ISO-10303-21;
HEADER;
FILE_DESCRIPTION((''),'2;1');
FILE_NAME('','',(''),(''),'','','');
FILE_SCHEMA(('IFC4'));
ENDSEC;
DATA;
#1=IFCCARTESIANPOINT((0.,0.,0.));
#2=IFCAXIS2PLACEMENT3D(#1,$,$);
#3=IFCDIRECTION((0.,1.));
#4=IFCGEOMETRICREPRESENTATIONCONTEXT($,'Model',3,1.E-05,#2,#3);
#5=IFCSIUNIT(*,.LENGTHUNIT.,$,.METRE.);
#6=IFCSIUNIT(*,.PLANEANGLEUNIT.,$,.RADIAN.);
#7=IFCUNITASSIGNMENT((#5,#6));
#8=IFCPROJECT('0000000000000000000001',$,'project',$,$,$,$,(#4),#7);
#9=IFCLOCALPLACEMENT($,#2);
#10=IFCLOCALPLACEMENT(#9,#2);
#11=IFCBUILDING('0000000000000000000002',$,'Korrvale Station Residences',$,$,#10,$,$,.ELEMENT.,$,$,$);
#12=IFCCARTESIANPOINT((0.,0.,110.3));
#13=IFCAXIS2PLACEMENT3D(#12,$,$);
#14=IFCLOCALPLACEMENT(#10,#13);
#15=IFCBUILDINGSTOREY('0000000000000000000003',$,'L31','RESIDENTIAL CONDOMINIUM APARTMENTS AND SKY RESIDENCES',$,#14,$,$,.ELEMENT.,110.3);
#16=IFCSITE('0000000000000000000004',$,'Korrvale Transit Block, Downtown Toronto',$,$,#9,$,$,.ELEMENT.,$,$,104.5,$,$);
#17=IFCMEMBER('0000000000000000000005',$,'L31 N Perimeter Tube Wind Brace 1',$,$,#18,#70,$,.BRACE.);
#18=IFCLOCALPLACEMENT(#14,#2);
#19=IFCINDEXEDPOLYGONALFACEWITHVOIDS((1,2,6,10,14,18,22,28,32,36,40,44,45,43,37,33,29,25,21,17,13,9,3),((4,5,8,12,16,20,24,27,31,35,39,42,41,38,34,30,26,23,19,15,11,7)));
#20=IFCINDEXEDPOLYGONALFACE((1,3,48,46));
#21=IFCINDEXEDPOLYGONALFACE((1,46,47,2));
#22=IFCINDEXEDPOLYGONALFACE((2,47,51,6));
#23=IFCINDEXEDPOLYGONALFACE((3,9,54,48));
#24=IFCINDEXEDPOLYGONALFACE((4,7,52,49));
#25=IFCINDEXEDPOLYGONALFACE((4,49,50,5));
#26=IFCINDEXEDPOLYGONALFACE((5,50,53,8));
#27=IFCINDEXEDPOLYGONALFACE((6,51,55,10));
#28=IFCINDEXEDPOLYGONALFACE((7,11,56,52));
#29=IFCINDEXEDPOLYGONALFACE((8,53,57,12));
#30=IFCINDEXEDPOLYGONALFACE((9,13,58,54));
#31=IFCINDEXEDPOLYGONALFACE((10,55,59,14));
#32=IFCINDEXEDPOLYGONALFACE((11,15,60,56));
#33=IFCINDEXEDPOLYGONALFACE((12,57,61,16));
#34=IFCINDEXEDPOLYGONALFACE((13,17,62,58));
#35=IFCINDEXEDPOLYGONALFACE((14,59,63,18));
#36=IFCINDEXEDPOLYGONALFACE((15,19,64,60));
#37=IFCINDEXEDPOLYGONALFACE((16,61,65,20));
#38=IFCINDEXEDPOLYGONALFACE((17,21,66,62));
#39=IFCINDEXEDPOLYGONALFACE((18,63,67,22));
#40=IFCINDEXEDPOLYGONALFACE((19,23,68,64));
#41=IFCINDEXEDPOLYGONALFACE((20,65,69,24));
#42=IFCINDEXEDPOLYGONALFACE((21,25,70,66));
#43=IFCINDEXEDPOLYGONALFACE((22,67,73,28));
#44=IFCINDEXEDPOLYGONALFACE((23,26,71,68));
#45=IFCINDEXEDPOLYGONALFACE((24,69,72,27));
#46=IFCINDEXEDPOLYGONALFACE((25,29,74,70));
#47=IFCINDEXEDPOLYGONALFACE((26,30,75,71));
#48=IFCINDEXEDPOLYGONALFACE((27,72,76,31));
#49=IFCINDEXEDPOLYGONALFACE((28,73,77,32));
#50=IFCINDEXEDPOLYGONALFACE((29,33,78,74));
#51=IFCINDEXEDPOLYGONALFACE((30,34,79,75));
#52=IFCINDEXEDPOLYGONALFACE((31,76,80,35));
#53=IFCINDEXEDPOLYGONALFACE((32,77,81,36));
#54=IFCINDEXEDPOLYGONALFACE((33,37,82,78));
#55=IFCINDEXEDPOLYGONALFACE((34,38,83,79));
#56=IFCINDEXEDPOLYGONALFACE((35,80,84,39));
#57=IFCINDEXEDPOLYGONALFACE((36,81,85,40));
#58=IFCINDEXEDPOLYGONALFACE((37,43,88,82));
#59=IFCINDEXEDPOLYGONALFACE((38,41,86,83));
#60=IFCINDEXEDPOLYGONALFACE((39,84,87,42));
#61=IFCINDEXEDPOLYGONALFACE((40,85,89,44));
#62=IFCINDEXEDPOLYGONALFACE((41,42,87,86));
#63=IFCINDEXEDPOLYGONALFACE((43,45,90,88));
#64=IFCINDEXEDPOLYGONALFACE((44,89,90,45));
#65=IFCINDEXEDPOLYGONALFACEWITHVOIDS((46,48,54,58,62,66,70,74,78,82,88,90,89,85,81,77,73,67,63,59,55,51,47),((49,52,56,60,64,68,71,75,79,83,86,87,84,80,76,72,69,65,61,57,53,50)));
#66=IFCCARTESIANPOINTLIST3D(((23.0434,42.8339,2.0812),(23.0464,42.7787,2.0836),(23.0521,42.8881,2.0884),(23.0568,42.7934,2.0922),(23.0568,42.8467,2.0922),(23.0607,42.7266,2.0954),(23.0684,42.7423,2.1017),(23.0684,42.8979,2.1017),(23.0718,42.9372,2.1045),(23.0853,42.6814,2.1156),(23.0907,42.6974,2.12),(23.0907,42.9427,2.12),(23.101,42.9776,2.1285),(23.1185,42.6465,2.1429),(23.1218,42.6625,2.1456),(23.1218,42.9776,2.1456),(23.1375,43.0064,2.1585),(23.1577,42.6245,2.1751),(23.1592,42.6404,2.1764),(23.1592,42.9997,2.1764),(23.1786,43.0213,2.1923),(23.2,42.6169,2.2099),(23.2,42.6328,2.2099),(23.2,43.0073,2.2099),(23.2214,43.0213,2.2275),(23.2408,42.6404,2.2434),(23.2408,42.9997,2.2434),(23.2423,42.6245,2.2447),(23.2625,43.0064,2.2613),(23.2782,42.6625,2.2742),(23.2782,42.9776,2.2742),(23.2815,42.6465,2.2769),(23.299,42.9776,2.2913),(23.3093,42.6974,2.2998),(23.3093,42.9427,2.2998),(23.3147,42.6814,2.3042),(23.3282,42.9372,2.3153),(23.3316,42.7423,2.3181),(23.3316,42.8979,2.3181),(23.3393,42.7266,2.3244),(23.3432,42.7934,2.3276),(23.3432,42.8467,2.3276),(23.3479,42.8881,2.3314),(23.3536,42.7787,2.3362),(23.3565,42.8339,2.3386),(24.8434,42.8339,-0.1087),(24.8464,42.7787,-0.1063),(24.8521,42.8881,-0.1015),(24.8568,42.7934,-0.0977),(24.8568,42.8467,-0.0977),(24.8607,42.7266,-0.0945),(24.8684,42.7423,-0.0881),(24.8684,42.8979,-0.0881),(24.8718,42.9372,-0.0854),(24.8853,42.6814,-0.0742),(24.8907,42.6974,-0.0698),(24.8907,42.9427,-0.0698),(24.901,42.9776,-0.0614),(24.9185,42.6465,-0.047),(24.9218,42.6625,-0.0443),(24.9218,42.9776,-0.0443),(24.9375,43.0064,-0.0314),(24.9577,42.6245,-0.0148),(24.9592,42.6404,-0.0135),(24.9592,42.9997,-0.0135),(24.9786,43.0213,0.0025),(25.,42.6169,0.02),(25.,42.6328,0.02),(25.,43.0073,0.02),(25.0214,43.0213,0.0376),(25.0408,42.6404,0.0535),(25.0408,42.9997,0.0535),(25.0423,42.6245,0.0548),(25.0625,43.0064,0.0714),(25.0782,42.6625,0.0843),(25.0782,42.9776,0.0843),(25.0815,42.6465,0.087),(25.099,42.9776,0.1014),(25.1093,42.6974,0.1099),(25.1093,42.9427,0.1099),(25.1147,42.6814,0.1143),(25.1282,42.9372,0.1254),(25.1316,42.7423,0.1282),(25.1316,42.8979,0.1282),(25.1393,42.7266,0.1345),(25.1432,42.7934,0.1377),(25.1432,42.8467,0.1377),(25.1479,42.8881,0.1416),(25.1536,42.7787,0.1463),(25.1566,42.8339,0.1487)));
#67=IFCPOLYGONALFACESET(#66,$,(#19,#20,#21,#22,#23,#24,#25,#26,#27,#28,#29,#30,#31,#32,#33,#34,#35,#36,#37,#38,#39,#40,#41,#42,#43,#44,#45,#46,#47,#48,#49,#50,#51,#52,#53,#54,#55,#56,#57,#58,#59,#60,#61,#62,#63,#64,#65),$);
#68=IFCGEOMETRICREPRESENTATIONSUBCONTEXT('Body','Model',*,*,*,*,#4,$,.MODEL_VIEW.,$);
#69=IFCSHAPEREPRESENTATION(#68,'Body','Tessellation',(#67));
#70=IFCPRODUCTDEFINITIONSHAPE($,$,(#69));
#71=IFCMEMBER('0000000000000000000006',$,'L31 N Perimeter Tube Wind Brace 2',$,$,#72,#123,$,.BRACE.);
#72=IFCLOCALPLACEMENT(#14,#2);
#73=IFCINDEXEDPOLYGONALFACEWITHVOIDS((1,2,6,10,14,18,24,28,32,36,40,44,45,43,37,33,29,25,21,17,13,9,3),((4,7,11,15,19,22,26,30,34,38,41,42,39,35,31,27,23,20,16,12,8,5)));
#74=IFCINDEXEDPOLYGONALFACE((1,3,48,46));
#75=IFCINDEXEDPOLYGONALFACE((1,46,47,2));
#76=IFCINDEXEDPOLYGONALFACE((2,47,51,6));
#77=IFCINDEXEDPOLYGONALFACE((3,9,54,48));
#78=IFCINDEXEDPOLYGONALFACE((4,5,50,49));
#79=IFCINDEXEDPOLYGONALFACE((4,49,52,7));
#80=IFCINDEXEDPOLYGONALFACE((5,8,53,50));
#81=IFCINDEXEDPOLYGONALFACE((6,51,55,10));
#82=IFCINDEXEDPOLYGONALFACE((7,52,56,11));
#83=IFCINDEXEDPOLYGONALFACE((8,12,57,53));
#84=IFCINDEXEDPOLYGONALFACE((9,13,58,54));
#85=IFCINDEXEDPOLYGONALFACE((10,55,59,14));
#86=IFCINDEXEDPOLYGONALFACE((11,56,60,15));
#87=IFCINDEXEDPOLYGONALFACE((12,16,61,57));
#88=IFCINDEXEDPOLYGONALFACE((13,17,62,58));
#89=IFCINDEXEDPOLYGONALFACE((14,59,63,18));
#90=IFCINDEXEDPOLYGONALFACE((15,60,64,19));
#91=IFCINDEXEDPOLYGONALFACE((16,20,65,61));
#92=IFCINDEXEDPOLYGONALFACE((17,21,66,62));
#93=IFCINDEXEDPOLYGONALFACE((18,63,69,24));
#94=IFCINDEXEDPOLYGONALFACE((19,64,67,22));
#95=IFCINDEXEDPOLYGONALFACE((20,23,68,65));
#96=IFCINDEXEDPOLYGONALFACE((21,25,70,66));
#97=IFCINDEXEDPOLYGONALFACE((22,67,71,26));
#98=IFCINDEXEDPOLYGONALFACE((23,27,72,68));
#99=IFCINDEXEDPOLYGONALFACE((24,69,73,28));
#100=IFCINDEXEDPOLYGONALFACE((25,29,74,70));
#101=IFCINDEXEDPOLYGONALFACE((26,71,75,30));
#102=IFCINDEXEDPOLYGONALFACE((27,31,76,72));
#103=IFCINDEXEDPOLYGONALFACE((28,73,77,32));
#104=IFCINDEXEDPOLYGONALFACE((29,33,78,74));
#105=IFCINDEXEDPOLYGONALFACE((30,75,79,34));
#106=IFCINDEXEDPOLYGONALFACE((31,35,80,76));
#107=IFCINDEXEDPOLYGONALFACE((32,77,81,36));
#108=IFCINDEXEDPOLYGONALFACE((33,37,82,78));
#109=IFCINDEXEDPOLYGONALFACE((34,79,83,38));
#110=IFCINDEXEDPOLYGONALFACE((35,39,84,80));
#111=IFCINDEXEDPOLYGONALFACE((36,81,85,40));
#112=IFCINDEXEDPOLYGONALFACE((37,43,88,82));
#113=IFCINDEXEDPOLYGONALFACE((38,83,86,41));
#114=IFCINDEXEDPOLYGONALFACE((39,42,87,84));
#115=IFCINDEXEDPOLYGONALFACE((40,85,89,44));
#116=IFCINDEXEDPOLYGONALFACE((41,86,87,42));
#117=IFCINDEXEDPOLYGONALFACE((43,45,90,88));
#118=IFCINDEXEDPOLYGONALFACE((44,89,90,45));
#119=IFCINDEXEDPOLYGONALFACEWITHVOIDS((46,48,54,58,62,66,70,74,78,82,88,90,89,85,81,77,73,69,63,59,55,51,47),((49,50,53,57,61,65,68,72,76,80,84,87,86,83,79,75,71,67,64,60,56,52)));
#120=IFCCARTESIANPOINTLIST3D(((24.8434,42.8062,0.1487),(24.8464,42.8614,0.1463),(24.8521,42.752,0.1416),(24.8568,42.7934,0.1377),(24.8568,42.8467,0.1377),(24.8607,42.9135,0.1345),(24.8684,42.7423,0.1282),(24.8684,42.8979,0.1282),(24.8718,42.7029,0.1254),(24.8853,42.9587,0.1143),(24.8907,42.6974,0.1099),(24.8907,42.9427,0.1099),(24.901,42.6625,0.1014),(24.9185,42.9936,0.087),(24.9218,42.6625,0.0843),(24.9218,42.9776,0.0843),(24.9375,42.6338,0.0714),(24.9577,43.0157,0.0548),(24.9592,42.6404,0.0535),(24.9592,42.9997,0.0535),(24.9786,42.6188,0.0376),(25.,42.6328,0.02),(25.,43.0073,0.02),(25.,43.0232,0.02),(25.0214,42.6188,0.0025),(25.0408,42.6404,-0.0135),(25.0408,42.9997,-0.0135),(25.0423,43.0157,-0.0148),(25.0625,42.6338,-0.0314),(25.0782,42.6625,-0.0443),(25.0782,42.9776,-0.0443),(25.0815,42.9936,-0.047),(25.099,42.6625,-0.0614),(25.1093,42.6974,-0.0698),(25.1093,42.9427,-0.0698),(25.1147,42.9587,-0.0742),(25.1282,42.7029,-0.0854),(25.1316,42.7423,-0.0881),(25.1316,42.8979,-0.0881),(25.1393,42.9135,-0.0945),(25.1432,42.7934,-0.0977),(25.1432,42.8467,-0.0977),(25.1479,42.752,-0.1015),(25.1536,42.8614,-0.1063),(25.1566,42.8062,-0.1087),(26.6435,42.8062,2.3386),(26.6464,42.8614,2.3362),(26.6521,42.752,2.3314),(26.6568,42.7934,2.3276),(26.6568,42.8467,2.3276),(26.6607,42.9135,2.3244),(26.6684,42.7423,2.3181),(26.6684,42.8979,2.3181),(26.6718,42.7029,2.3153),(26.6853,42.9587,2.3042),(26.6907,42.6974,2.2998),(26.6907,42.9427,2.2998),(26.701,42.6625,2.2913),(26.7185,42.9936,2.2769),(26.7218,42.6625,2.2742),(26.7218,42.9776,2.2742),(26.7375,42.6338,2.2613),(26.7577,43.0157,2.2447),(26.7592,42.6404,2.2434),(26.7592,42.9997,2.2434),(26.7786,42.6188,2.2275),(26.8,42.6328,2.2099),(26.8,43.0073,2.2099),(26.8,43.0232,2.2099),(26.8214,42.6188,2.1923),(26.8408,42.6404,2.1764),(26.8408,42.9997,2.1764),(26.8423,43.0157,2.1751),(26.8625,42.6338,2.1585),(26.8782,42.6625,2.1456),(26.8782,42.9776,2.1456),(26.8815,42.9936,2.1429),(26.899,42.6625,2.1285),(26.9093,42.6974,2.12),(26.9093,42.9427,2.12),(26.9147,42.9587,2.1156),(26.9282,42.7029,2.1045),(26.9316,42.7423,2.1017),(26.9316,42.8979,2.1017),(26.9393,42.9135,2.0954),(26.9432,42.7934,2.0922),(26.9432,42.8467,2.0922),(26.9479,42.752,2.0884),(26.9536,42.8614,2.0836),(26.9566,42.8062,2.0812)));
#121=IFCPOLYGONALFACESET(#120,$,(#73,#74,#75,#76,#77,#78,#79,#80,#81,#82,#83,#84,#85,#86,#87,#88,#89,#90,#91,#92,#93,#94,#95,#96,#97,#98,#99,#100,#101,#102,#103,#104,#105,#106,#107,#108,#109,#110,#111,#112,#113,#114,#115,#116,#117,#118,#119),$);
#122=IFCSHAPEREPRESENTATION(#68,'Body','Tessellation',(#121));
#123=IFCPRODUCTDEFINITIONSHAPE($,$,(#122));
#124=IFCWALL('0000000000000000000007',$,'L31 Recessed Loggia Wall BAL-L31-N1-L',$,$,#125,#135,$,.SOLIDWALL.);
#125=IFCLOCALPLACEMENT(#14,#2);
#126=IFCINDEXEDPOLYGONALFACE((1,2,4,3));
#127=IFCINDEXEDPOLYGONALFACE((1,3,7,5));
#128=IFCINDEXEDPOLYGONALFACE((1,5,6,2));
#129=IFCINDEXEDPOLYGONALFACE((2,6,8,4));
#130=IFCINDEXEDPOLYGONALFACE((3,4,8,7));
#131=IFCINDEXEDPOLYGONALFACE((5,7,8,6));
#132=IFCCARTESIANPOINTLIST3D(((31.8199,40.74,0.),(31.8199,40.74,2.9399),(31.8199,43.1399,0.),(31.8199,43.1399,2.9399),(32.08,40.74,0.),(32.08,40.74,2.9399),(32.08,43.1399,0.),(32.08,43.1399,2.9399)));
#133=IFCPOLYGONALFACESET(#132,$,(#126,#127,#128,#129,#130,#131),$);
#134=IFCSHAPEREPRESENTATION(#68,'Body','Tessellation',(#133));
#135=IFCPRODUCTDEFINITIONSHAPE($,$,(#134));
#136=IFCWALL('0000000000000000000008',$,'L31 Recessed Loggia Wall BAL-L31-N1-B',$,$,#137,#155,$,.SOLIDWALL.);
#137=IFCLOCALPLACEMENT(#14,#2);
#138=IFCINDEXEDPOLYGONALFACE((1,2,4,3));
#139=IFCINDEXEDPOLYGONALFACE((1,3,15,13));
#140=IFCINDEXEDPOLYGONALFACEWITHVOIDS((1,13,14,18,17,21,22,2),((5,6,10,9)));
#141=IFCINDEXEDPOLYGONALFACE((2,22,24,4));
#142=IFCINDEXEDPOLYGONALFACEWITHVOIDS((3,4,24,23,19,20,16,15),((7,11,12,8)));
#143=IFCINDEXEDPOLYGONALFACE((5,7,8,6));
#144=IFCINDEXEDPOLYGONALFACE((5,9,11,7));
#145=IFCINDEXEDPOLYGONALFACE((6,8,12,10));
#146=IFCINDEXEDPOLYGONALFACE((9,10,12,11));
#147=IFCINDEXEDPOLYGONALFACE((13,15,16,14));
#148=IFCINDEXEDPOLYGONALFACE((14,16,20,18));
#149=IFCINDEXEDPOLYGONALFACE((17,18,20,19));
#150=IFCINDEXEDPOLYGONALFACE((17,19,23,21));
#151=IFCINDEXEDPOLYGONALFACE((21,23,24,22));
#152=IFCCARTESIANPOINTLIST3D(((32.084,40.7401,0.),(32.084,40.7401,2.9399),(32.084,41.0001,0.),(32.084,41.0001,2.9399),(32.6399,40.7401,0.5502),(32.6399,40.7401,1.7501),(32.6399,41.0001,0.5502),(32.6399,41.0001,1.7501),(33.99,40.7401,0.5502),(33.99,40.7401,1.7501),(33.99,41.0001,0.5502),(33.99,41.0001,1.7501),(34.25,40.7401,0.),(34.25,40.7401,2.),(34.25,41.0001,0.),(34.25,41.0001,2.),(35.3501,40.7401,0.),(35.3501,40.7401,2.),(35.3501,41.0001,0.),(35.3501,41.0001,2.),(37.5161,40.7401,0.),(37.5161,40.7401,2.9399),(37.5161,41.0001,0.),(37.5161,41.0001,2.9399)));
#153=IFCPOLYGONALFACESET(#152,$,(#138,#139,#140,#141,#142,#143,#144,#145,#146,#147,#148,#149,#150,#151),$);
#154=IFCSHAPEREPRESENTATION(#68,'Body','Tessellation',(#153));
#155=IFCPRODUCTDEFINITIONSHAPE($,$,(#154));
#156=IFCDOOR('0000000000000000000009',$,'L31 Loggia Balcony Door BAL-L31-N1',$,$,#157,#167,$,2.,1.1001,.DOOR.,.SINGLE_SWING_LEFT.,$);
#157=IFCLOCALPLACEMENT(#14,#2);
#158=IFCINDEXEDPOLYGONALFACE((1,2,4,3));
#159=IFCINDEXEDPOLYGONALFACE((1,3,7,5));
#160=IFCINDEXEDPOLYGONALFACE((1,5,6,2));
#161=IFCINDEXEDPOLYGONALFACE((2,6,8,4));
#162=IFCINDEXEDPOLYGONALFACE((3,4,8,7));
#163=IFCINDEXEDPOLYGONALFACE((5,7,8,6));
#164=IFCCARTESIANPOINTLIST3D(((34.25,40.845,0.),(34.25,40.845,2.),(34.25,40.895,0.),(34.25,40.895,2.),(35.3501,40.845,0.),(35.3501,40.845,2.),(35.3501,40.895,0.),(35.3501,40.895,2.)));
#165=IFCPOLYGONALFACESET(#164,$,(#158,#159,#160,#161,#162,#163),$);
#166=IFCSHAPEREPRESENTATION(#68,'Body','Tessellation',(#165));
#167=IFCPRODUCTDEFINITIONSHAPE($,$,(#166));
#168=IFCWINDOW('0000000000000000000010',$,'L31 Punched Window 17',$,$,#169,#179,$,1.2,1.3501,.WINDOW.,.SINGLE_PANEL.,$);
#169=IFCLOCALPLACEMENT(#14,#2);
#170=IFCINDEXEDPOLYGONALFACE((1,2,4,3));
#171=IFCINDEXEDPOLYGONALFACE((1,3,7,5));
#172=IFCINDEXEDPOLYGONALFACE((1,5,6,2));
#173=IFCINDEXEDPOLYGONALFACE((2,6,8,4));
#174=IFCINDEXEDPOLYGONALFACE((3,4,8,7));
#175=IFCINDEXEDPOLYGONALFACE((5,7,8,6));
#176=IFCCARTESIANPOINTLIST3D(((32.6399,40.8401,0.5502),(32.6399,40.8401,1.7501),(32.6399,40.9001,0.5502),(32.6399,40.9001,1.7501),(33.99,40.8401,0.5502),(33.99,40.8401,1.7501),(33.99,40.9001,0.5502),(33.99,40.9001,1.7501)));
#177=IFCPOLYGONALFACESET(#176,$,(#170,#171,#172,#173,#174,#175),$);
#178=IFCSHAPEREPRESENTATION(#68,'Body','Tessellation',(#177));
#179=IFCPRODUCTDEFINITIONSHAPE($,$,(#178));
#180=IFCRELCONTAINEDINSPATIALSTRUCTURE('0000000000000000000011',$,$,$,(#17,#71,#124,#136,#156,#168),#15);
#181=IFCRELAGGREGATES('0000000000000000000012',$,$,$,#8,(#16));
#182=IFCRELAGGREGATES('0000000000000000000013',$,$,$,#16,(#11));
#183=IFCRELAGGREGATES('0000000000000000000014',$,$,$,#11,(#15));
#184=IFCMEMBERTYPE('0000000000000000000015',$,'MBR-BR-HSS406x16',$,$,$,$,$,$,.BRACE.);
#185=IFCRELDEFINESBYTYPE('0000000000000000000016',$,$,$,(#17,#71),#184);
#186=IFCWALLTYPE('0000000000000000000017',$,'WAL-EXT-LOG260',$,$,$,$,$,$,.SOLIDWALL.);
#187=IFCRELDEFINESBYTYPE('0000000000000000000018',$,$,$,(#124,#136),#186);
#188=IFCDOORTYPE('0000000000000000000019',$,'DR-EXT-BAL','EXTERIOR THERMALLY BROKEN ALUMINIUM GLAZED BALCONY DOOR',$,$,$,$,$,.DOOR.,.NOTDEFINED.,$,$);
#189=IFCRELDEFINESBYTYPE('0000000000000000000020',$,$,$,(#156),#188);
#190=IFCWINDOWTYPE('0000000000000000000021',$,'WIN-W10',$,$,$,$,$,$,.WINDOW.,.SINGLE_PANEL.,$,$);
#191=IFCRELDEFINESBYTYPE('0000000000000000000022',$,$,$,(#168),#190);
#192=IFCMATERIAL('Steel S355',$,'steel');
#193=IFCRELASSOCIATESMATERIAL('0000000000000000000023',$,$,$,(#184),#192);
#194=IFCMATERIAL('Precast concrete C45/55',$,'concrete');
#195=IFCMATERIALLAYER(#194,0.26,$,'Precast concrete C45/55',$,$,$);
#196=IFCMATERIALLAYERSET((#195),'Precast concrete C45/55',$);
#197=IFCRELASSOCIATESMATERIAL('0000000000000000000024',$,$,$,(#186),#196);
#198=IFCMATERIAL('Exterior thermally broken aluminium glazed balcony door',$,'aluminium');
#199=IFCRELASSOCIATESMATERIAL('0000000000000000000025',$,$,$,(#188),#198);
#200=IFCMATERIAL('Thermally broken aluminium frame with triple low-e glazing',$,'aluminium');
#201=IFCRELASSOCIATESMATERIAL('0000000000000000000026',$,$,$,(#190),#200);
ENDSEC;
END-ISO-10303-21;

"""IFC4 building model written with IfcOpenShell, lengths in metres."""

from ifc_helpers import new_model, si_unit, direction, frame, frame_2d, origin, origin_2d, place, context, subcontext, project, spatial, rectangle, hollow_circle, extrude, material, layer, layer_set, material_profile, profile_set, type_object, element, fill, save


model = new_model("IFC4")

# Units and contexts
model_context = context("Model", 3, precision=1e-05, world=origin(), true_north=direction((0.0, 1.0)))
body_context = subcontext(model_context, "Body", "Model", "MODEL_VIEW")
ifc_project = project(units=[si_unit("LENGTHUNIT", "METRE"), si_unit("PLANEANGLEUNIT", "RADIAN")], contexts=[model_context])

# Site, building, storey
site_placement = place(None, origin())
site = spatial("IfcSite", under=ifc_project, at=site_placement, Name="Korrvale Transit Block, Downtown Toronto", CompositionType="ELEMENT", RefElevation=104.5)
building_placement = place(site_placement, origin())
building = spatial("IfcBuilding", under=site, at=building_placement, Name="Korrvale Station Residences", CompositionType="ELEMENT")
storey_placement = place(building_placement, frame((0.0, 0.0, 110.3)))
storey = spatial("IfcBuildingStorey", under=building, at=storey_placement, Name="L31", Description="RESIDENTIAL CONDOMINIUM APARTMENTS AND SKY RESIDENCES", CompositionType="ELEMENT", Elevation=110.3)

# Shared definitions
ifc_material_1 = material(Name="Steel S355", Category="steel")

# Members
ifc_material_profile_1 = material_profile(ifc_material_1, hollow_circle(Radius=0.2031, WallThickness=0.0159, at=origin_2d()), Name="HSS406x16")
ifc_profile_set_1 = profile_set([ifc_material_profile_1], Name="Steel S355")
member_type = type_object("IfcMemberType", Name="MBR-BR-HSS406x16", PredefinedType="BRACE", material=ifc_profile_set_1)
for number, where, z_axis, x_axis, name in (
    (1, (25.0, 42.8201, 0.02), (-0.634985, 0.0, 0.772524), (0.0, -1.0, 0.0), "L31 N Perimeter Tube Wind Brace 1"),
    (2, (25.0, 42.8201, 0.02), (0.634985, 0.0, 0.772524), (0.0, 1.0, 0.0), "L31 N Perimeter Tube Wind Brace 2"),
):
    element("IfcMember", number, at=place(storey_placement, frame(where, z_axis=z_axis, x_axis=x_axis)), inside=storey, type_object=member_type, Name=name, PredefinedType="BRACE", context=body_context, shape_type="SweptSolid", body=[
        extrude(hollow_circle(Radius=0.2031, WallThickness=0.0159, at=origin_2d()), origin(), (0.0, 0.0, 1.0), 2.8347),
    ])

# Wall
ifc_material_2 = material(Name="Precast concrete C45/55", Category="concrete")
ifc_layer_1 = layer(ifc_material_2, 0.26, Name="Precast concrete C45/55")
ifc_layer_set_1 = layer_set([ifc_layer_1], Name="Precast concrete C45/55")
wall_type_1 = type_object("IfcWallType", Name="WAL-EXT-LOG260", PredefinedType="SOLIDWALL", material=ifc_layer_set_1)
wall_1_placement = place(storey_placement, frame((31.95, 43.1399, 0.0), z_axis=(0.0, 0.0, 1.0), x_axis=(0.0, -1.0, 0.0)))
element("IfcWall", 3, at=wall_1_placement, inside=storey, type_object=wall_type_1, Name="L31 Recessed Loggia Wall BAL-L31-N1-L", PredefinedType="SOLIDWALL", context=body_context, shape_type="SweptSolid", body=[
    extrude(rectangle(XDim=2.3999, YDim=0.26, at=frame_2d((1.2, 0.0))), origin(), (0.0, 0.0, 1.0), 2.9399),
])

# Wall, openings, door, window
wall_2_placement = place(storey_placement, frame((32.084, 40.8701, 0.0), z_axis=(0.0, 0.0, 1.0), x_axis=(1.0, 0.0, 0.0)))
wall_2 = element("IfcWall", 4, at=wall_2_placement, inside=storey, type_object=wall_type_1, Name="L31 Recessed Loggia Wall BAL-L31-N1-B", PredefinedType="SOLIDWALL", context=body_context, shape_type="SweptSolid", body=[
    extrude(rectangle(XDim=5.4321, YDim=0.26, at=frame_2d((2.7161, 0.0))), origin(), (0.0, 0.0, 1.0), 2.9399),
])
opening_1_placement = place(wall_2_placement, frame((2.166, 0.0, 0.0)))
opening_1 = element("IfcOpeningElement", 5, at=opening_1_placement, cuts=wall_2, PredefinedType="OPENING", context=body_context, shape_type="SweptSolid", body=[
    extrude(rectangle(XDim=1.1001, YDim=2.0, at=frame_2d((0.55, 1.0))), frame((0.0, 0.1401, 0.0), z_axis=(0.0, -1.0, 0.0), x_axis=(1.0, 0.0, 0.0)), (0.0, 0.0, 1.0), 0.28),
])
opening_2_placement = place(wall_2_placement, frame((0.5559, 0.0, 0.55)))
opening_2 = element("IfcOpeningElement", 6, at=opening_2_placement, cuts=wall_2, PredefinedType="OPENING", context=body_context, shape_type="SweptSolid", body=[
    extrude(rectangle(XDim=1.3501, YDim=1.2, at=frame_2d((0.675, 0.6001))), frame((0.0, 0.1401, 0.0), z_axis=(0.0, -1.0, 0.0), x_axis=(1.0, 0.0, 0.0)), (0.0, 0.0, 1.0), 0.28),
])
ifc_material_3 = material(Name="Exterior thermally broken aluminium glazed balcony door", Category="aluminium")
door_type_1 = type_object("IfcDoorType", Name="DR-EXT-BAL", Description="EXTERIOR THERMALLY BROKEN ALUMINIUM GLAZED BALCONY DOOR", OperationType="NOTDEFINED", PredefinedType="DOOR", material=ifc_material_3)
door_1_placement = place(opening_1_placement, origin())
door_1 = element("IfcDoor", 7, at=door_1_placement, inside=storey, type_object=door_type_1, Name="L31 Loggia Balcony Door BAL-L31-N1", OperationType="SINGLE_SWING_LEFT", OverallHeight=2.0, OverallWidth=1.1001, PredefinedType="DOOR", context=body_context, shape_type="SweptSolid", body=[
    extrude(rectangle(XDim=1.1001, YDim=2.0, at=frame_2d((0.55, 1.0))), frame((0.0, 0.0249, 0.0), z_axis=(0.0, -1.0, 0.0), x_axis=(1.0, 0.0, 0.0)), (0.0, 0.0, 1.0), 0.05),
])
fill(opening_1, door_1)
ifc_material_4 = material(Name="Thermally broken aluminium frame with triple low-e glazing", Category="aluminium")
window_type = type_object("IfcWindowType", Name="WIN-W10", PartitioningType="SINGLE_PANEL", PredefinedType="WINDOW", material=ifc_material_4)
window_placement = place(opening_2_placement, origin())
window = element("IfcWindow", 8, at=window_placement, inside=storey, type_object=window_type, Name="L31 Punched Window 17", OverallHeight=1.2, OverallWidth=1.3501, PartitioningType="SINGLE_PANEL", PredefinedType="WINDOW", context=body_context, shape_type="SweptSolid", body=[
    extrude(rectangle(XDim=1.3501, YDim=1.2, at=frame_2d((0.675, 0.6001))), frame((0.0, 0.03, 0.0), z_axis=(0.0, -1.0, 0.0), x_axis=(1.0, 0.0, 0.0)), (0.0, 0.0, 1.0), 0.0601),
])
fill(opening_2, window)

save(model, "model.ifc")
